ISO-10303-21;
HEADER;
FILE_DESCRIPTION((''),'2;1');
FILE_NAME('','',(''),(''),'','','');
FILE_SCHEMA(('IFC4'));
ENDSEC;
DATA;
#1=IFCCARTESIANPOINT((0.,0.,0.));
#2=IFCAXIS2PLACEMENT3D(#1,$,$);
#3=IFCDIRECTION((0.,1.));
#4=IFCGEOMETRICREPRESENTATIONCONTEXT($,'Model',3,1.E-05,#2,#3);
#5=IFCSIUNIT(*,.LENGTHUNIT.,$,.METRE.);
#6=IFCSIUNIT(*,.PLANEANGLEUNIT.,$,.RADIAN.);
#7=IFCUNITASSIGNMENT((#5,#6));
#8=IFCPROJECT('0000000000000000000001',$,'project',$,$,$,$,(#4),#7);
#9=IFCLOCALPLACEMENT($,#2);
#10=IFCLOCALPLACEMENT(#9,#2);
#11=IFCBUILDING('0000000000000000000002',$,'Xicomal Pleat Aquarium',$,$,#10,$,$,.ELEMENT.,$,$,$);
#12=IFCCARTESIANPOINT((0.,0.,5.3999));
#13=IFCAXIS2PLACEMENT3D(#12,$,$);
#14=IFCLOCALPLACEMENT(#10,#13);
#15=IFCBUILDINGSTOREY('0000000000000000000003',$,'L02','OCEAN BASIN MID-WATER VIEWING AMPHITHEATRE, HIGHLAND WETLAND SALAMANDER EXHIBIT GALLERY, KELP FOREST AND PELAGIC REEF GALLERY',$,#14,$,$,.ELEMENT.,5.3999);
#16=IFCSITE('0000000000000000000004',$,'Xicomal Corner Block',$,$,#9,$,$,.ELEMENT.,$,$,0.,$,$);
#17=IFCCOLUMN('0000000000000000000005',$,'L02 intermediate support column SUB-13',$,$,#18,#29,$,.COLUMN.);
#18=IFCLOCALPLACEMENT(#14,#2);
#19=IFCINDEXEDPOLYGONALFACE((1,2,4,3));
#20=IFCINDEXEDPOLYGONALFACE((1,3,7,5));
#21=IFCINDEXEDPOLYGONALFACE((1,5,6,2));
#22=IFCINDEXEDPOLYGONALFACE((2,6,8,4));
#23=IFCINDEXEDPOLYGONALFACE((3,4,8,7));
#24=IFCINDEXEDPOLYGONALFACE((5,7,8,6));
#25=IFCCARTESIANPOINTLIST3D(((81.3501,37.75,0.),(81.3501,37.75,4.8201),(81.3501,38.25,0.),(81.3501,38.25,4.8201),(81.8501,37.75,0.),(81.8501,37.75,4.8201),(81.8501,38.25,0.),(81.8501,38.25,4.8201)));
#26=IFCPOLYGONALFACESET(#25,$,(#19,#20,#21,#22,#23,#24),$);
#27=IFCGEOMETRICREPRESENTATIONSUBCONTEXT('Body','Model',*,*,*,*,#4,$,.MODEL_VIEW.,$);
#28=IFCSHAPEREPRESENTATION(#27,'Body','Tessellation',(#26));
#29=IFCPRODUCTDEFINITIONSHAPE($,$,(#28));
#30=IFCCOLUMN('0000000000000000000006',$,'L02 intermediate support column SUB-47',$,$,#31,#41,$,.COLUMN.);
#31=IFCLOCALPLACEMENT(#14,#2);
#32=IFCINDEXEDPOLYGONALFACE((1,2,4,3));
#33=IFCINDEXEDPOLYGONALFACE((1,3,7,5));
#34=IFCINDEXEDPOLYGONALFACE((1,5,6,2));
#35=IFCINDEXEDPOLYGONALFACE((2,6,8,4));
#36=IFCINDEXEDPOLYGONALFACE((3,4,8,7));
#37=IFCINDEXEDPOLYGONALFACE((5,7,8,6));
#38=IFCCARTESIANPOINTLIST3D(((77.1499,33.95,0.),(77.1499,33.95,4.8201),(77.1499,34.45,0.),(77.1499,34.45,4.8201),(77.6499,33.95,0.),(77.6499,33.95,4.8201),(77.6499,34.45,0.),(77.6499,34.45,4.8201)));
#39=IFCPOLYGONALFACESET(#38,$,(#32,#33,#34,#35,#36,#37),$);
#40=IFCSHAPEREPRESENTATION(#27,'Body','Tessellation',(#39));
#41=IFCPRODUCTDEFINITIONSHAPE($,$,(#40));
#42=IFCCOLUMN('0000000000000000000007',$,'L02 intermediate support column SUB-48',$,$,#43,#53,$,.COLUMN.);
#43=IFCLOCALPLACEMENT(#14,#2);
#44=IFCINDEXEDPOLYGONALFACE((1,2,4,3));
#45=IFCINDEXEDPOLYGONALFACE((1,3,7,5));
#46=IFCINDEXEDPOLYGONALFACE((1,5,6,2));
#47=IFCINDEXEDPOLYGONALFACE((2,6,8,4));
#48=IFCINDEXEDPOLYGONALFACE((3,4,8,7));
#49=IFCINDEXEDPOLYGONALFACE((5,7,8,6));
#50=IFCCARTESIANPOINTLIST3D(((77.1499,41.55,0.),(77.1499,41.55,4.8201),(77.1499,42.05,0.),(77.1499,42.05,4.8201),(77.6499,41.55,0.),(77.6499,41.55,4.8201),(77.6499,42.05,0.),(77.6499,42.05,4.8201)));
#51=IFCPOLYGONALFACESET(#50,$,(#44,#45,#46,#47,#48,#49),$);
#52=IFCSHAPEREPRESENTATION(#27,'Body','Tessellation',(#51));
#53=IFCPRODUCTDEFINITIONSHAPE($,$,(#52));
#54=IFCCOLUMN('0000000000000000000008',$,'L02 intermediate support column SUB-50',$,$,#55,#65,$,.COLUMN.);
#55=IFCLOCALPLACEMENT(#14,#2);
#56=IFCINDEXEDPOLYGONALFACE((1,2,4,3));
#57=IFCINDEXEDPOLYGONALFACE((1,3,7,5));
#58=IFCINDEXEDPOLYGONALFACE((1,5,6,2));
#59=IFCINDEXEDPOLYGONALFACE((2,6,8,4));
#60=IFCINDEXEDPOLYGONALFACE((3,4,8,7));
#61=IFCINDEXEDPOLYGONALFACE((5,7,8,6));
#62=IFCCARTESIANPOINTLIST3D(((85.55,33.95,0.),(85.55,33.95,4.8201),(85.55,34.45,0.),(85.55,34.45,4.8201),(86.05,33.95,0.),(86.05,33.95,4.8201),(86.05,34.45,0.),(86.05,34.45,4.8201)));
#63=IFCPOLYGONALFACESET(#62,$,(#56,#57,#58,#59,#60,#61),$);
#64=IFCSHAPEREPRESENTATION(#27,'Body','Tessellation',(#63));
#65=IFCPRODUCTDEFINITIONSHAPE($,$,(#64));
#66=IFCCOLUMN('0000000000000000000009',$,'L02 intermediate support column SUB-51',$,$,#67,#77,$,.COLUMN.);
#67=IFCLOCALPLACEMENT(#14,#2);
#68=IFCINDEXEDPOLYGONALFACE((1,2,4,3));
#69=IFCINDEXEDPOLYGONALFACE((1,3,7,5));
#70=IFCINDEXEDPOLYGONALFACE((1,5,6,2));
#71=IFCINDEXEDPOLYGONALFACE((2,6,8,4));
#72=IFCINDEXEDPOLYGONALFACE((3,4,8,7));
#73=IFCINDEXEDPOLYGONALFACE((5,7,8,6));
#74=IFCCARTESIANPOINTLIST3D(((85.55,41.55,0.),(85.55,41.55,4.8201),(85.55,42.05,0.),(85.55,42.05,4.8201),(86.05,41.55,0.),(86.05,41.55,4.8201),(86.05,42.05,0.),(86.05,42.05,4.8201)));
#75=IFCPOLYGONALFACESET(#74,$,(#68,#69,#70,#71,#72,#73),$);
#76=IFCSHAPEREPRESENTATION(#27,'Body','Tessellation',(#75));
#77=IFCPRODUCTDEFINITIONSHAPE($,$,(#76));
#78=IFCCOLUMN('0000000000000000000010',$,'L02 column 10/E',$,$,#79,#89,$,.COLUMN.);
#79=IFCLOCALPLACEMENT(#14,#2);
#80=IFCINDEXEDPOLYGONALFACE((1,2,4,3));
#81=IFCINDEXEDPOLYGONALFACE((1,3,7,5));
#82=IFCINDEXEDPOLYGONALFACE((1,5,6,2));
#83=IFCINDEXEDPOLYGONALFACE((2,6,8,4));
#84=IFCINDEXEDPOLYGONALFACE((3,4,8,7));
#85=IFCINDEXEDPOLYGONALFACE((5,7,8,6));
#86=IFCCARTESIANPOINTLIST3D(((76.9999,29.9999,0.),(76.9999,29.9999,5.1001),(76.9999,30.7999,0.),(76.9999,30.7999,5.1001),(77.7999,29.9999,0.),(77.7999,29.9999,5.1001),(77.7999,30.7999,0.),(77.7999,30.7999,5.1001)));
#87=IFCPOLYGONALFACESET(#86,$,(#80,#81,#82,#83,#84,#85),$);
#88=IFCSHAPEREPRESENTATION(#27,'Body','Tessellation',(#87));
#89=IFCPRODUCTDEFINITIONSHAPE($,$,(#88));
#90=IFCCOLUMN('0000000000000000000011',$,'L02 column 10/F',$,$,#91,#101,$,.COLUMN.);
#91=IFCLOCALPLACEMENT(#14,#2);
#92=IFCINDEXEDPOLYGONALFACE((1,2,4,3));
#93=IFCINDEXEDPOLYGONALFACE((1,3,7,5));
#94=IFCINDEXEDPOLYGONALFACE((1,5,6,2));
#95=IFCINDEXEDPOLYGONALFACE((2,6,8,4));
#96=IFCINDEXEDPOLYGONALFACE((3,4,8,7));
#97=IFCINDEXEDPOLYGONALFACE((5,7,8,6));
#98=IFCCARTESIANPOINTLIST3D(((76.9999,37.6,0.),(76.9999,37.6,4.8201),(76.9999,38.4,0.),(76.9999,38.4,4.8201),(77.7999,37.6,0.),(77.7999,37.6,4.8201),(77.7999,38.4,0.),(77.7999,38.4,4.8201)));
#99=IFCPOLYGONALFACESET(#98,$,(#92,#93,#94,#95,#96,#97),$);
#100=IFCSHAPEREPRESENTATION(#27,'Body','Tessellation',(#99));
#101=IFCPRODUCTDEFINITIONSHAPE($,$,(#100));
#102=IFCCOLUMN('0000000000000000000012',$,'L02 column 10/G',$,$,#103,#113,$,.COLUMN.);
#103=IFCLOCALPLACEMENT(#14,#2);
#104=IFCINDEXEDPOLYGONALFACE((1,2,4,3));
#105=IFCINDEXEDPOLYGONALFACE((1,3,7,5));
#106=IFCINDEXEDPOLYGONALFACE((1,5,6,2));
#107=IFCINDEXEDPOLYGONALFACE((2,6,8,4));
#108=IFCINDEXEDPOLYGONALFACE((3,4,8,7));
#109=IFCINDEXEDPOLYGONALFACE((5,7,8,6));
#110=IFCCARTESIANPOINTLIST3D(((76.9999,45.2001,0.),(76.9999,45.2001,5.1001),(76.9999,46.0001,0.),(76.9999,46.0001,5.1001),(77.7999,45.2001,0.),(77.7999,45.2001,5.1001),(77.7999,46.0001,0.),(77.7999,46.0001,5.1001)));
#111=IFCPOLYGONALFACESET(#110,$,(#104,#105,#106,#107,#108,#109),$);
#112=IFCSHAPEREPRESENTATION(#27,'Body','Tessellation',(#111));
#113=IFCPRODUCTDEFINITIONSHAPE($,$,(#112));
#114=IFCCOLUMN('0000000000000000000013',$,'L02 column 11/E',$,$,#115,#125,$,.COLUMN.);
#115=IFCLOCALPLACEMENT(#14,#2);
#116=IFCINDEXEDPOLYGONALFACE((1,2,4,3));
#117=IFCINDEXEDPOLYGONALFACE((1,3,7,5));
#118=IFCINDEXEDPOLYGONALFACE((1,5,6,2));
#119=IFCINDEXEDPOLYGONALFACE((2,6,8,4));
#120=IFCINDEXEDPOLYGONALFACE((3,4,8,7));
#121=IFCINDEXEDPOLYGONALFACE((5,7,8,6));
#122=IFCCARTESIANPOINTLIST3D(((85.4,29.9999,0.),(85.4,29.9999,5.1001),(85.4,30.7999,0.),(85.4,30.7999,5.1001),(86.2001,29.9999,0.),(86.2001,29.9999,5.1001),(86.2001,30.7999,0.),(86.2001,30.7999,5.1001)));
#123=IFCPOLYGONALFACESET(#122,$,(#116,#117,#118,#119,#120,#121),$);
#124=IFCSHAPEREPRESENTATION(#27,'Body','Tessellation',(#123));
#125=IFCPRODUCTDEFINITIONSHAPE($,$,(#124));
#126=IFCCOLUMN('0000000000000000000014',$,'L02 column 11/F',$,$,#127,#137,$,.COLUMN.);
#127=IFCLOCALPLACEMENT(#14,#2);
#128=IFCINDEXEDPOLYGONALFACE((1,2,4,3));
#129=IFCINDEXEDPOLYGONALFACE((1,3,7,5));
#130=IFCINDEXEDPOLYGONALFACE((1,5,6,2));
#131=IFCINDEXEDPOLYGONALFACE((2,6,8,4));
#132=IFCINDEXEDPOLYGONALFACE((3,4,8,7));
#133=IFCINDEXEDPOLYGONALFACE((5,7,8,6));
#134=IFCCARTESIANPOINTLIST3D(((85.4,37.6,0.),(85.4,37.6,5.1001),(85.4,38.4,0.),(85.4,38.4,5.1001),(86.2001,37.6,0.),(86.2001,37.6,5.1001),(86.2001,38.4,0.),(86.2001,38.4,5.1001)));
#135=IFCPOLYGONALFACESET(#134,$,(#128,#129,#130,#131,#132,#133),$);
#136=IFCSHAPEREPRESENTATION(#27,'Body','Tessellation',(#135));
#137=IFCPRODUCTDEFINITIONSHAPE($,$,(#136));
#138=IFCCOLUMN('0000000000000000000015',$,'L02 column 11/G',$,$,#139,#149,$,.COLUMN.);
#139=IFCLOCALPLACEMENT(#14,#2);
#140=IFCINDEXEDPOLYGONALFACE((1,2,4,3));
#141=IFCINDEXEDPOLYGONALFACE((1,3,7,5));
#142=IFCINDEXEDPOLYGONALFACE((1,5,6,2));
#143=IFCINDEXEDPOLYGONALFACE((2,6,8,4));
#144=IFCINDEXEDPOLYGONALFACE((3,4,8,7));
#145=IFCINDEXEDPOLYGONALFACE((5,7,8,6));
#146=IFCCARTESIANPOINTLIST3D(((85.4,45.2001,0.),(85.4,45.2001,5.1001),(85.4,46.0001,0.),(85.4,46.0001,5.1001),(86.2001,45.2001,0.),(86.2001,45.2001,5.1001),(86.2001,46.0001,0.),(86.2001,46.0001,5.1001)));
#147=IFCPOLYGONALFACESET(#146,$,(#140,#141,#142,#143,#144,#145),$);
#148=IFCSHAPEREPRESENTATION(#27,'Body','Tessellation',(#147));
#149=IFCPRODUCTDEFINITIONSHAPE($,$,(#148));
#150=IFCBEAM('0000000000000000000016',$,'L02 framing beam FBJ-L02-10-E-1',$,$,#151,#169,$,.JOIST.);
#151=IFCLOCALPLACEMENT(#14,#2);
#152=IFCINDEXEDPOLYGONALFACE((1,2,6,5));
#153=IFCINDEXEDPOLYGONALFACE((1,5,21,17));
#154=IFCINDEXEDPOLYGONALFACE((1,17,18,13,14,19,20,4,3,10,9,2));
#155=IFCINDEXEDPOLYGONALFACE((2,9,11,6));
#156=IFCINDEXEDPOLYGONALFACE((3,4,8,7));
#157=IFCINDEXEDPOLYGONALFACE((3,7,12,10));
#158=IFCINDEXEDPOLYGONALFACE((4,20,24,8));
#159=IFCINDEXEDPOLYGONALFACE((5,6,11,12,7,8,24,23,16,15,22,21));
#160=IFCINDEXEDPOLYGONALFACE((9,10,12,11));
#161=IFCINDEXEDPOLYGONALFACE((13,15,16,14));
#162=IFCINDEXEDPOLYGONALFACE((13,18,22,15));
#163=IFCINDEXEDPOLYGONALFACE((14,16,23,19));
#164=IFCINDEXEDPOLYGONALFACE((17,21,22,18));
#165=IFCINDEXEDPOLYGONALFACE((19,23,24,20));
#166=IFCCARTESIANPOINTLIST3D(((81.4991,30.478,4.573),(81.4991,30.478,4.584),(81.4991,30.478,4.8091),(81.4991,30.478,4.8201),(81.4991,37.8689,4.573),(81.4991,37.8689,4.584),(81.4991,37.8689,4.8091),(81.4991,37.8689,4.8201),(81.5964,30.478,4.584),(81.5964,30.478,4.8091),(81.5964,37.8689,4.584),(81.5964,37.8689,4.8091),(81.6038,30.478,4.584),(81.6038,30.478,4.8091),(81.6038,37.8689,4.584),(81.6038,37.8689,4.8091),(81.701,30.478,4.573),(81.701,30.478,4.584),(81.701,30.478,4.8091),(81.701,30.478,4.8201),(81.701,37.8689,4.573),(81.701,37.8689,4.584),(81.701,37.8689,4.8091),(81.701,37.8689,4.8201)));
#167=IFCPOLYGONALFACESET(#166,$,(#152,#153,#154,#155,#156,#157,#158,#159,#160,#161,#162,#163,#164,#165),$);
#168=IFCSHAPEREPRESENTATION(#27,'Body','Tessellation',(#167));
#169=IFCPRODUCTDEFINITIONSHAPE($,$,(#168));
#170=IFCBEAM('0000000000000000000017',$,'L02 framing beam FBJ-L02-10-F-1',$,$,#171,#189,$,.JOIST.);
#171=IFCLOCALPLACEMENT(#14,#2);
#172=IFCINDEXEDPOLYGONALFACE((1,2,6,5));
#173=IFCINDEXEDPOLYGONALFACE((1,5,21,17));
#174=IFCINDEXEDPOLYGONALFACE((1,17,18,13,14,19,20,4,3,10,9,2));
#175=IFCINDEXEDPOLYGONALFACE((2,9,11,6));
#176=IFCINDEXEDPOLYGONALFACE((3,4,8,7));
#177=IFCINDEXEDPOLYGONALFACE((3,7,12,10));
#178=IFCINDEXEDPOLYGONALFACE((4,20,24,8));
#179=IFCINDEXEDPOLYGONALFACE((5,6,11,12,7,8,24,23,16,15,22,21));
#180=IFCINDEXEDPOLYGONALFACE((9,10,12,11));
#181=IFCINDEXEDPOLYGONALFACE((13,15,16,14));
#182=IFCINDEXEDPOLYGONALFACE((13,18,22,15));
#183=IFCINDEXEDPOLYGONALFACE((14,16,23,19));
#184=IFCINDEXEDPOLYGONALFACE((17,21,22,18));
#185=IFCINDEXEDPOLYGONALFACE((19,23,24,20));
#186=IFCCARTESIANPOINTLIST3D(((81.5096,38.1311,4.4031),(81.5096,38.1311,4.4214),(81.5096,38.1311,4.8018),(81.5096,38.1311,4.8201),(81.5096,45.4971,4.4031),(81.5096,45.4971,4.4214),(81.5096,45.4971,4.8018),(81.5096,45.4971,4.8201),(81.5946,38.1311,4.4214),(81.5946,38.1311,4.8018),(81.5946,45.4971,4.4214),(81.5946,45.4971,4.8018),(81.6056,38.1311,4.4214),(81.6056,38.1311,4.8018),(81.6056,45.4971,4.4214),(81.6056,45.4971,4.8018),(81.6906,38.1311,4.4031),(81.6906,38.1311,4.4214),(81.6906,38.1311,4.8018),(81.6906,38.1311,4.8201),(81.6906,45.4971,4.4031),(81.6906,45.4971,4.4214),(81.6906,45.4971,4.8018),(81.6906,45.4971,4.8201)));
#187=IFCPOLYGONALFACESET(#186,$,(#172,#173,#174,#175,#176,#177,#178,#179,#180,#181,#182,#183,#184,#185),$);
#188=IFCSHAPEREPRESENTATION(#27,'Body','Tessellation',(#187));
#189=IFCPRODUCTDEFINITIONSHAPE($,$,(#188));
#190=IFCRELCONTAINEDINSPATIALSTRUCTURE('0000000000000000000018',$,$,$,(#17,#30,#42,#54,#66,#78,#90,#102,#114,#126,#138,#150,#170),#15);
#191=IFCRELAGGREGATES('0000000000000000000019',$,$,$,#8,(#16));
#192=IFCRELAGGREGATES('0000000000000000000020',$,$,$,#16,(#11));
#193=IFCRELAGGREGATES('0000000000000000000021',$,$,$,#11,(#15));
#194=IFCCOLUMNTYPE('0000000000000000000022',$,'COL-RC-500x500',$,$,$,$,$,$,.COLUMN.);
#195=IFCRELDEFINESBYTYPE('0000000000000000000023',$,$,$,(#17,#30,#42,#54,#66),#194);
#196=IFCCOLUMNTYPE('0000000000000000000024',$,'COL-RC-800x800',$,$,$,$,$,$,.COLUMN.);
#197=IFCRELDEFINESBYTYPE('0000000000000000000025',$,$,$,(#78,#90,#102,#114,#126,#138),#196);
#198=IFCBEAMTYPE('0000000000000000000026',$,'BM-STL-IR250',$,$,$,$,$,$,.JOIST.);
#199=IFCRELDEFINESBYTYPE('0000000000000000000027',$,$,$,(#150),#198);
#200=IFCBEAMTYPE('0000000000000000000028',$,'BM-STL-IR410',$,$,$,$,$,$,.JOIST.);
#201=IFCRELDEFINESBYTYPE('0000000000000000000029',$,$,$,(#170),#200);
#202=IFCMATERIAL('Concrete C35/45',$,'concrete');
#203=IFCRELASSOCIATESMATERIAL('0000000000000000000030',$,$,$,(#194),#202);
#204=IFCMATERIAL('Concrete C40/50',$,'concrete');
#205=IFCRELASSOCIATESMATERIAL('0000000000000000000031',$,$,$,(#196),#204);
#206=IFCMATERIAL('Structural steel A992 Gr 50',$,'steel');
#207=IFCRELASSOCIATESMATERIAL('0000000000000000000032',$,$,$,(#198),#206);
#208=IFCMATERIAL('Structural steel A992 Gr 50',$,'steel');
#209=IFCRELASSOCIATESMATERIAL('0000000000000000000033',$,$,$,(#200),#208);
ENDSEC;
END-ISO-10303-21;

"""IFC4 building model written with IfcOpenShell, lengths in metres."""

from ifc_helpers import new_model, si_unit, direction, frame, origin, origin_2d, place, context, subcontext, project, spatial, rectangle, i_section, extrude, material, material_profile, profile_set, type_object, element, save


model = new_model("IFC4")

# Units and contexts
model_context = context("Model", 3, precision=1e-05, world=origin(), true_north=direction((0.0, 1.0)))
body_context = subcontext(model_context, "Body", "Model", "MODEL_VIEW")
ifc_project = project(units=[si_unit("LENGTHUNIT", "METRE"), si_unit("PLANEANGLEUNIT", "RADIAN")], contexts=[model_context])

# Site, building, storey
site_placement = place(None, origin())
site = spatial("IfcSite", under=ifc_project, at=site_placement, Name="Xicomal Corner Block", CompositionType="ELEMENT", RefElevation=0.0)
building_placement = place(site_placement, origin())
building = spatial("IfcBuilding", under=site, at=building_placement, Name="Xicomal Pleat Aquarium", CompositionType="ELEMENT")
storey_placement = place(building_placement, frame((0.0, 0.0, 5.3999)))
storey = spatial("IfcBuildingStorey", under=building, at=storey_placement, Name="L02", Description="OCEAN BASIN MID-WATER VIEWING AMPHITHEATRE, HIGHLAND WETLAND SALAMANDER EXHIBIT GALLERY, KELP FOREST AND PELAGIC REEF GALLERY", CompositionType="ELEMENT", Elevation=5.3999)

# Columns
ifc_material_1 = material(Name="Concrete C35/45", Category="concrete")
ifc_material_profile_1 = material_profile(ifc_material_1, rectangle(XDim=0.5, YDim=0.5, at=origin_2d()), Name="RC 500x500")
ifc_profile_set_1 = profile_set([ifc_material_profile_1], Name="Concrete C35/45")
column_type_1 = type_object("IfcColumnType", Name="COL-RC-500x500", PredefinedType="COLUMN", material=ifc_profile_set_1)
for number, where, z_axis, x_axis, name in (
    (1, (81.6001, 38.0, 0.0), (0.0, 0.0, 1.0), (1.0, 0.0, 0.0), "L02 intermediate support column SUB-13"),
    (2, (77.3999, 34.2, 0.0), (0.0, 0.0, 1.0), (1.0, 0.0, 0.0), "L02 intermediate support column SUB-47"),
    (3, (77.3999, 41.8, 0.0), (0.0, 0.0, 1.0), (1.0, 0.0, 0.0), "L02 intermediate support column SUB-48"),
    (4, (85.8, 34.2, 0.0), (0.0, 0.0, 1.0), (1.0, 0.0, 0.0), "L02 intermediate support column SUB-50"),
    (5, (85.8, 41.8, 0.0), (0.0, 0.0, 1.0), (1.0, 0.0, 0.0), "L02 intermediate support column SUB-51"),
):
    element("IfcColumn", number, at=place(storey_placement, frame(where, z_axis=z_axis, x_axis=x_axis)), inside=storey, type_object=column_type_1, Name=name, PredefinedType="COLUMN", context=body_context, shape_type="SweptSolid", body=[
        extrude(rectangle(XDim=0.5, YDim=0.5, at=origin_2d()), origin(), (0.0, 0.0, 1.0), 4.8201),
    ])
ifc_material_2 = material(Name="Concrete C40/50", Category="concrete")
ifc_material_profile_2 = material_profile(ifc_material_2, rectangle(XDim=0.8, YDim=0.8, at=origin_2d()), Name="RC 800x800")
ifc_profile_set_2 = profile_set([ifc_material_profile_2], Name="Concrete C40/50")
column_type_2 = type_object("IfcColumnType", Name="COL-RC-800x800", PredefinedType="COLUMN", material=ifc_profile_set_2)
column_1_placement = place(storey_placement, frame((77.3999, 30.3999, 0.0), z_axis=(0.0, 0.0, 1.0), x_axis=(1.0, 0.0, 0.0)))
element("IfcColumn", 6, at=column_1_placement, inside=storey, type_object=column_type_2, Name="L02 column 10/E", PredefinedType="COLUMN", context=body_context, shape_type="SweptSolid", body=[
    extrude(rectangle(XDim=0.8, YDim=0.8, at=origin_2d()), origin(), (0.0, 0.0, 1.0), 5.1001),
])
column_2_placement = place(storey_placement, frame((77.3999, 38.0, 0.0), z_axis=(0.0, 0.0, 1.0), x_axis=(1.0, 0.0, 0.0)))
element("IfcColumn", 7, at=column_2_placement, inside=storey, type_object=column_type_2, Name="L02 column 10/F", PredefinedType="COLUMN", context=body_context, shape_type="SweptSolid", body=[
    extrude(rectangle(XDim=0.8, YDim=0.8, at=origin_2d()), origin(), (0.0, 0.0, 1.0), 4.8201),
])
for number, where, z_axis, x_axis, name in (
    (8, (77.3999, 45.6001, 0.0), (0.0, 0.0, 1.0), (1.0, 0.0, 0.0), "L02 column 10/G"),
    (9, (85.8, 30.3999, 0.0), (0.0, 0.0, 1.0), (1.0, 0.0, 0.0), "L02 column 11/E"),
    (10, (85.8, 38.0, 0.0), (0.0, 0.0, 1.0), (1.0, 0.0, 0.0), "L02 column 11/F"),
    (11, (85.8, 45.6001, 0.0), (0.0, 0.0, 1.0), (1.0, 0.0, 0.0), "L02 column 11/G"),
):
    element("IfcColumn", number, at=place(storey_placement, frame(where, z_axis=z_axis, x_axis=x_axis)), inside=storey, type_object=column_type_2, Name=name, PredefinedType="COLUMN", context=body_context, shape_type="SweptSolid", body=[
        extrude(rectangle(XDim=0.8, YDim=0.8, at=origin_2d()), origin(), (0.0, 0.0, 1.0), 5.1001),
    ])

# Beams
ifc_material_3 = material(Name="Structural steel A992 Gr 50", Category="steel")
ifc_material_profile_3 = material_profile(ifc_material_3, i_section(OverallWidth=0.2019, OverallDepth=0.2471, WebThickness=0.0073, FlangeThickness=0.011, at=origin_2d()), Name="IR 250x49")
ifc_profile_set_3 = profile_set([ifc_material_profile_3], Name="Structural steel A992 Gr 50")
beam_type_1 = type_object("IfcBeamType", Name="BM-STL-IR250", PredefinedType="JOIST", material=ifc_profile_set_3)
beam_1_placement = place(storey_placement, frame((81.6001, 30.478, 4.6965), z_axis=(0.0, 1.0, 0.0), x_axis=(-1.0, 0.0, 0.0)))
element("IfcBeam", 12, at=beam_1_placement, inside=storey, type_object=beam_type_1, Name="L02 framing beam FBJ-L02-10-E-1", PredefinedType="JOIST", context=body_context, shape_type="SweptSolid", body=[
    extrude(i_section(OverallWidth=0.2019, OverallDepth=0.2471, WebThickness=0.0073, FlangeThickness=0.011, at=origin_2d()), origin(), (0.0, 0.0, 1.0), 7.3909),
])
ifc_material_4 = material(Name="Structural steel A992 Gr 50", Category="steel")
ifc_material_profile_4 = material_profile(ifc_material_4, i_section(OverallWidth=0.1809, OverallDepth=0.417, WebThickness=0.011, FlangeThickness=0.0183, at=origin_2d()), Name="IR 410x85")
ifc_profile_set_4 = profile_set([ifc_material_profile_4], Name="Structural steel A992 Gr 50")
beam_type_2 = type_object("IfcBeamType", Name="BM-STL-IR410", PredefinedType="JOIST", material=ifc_profile_set_4)
beam_2_placement = place(storey_placement, frame((81.6001, 38.1311, 4.6116), z_axis=(0.0, 1.0, 0.0), x_axis=(-1.0, 0.0, 0.0)))
element("IfcBeam", 13, at=beam_2_placement, inside=storey, type_object=beam_type_2, Name="L02 framing beam FBJ-L02-10-F-1", PredefinedType="JOIST", context=body_context, shape_type="SweptSolid", body=[
    extrude(i_section(OverallWidth=0.1809, OverallDepth=0.417, WebThickness=0.011, FlangeThickness=0.0183, at=origin_2d()), origin(), (0.0, 0.0, 1.0), 7.366),
])

save(model, "model.ifc")
